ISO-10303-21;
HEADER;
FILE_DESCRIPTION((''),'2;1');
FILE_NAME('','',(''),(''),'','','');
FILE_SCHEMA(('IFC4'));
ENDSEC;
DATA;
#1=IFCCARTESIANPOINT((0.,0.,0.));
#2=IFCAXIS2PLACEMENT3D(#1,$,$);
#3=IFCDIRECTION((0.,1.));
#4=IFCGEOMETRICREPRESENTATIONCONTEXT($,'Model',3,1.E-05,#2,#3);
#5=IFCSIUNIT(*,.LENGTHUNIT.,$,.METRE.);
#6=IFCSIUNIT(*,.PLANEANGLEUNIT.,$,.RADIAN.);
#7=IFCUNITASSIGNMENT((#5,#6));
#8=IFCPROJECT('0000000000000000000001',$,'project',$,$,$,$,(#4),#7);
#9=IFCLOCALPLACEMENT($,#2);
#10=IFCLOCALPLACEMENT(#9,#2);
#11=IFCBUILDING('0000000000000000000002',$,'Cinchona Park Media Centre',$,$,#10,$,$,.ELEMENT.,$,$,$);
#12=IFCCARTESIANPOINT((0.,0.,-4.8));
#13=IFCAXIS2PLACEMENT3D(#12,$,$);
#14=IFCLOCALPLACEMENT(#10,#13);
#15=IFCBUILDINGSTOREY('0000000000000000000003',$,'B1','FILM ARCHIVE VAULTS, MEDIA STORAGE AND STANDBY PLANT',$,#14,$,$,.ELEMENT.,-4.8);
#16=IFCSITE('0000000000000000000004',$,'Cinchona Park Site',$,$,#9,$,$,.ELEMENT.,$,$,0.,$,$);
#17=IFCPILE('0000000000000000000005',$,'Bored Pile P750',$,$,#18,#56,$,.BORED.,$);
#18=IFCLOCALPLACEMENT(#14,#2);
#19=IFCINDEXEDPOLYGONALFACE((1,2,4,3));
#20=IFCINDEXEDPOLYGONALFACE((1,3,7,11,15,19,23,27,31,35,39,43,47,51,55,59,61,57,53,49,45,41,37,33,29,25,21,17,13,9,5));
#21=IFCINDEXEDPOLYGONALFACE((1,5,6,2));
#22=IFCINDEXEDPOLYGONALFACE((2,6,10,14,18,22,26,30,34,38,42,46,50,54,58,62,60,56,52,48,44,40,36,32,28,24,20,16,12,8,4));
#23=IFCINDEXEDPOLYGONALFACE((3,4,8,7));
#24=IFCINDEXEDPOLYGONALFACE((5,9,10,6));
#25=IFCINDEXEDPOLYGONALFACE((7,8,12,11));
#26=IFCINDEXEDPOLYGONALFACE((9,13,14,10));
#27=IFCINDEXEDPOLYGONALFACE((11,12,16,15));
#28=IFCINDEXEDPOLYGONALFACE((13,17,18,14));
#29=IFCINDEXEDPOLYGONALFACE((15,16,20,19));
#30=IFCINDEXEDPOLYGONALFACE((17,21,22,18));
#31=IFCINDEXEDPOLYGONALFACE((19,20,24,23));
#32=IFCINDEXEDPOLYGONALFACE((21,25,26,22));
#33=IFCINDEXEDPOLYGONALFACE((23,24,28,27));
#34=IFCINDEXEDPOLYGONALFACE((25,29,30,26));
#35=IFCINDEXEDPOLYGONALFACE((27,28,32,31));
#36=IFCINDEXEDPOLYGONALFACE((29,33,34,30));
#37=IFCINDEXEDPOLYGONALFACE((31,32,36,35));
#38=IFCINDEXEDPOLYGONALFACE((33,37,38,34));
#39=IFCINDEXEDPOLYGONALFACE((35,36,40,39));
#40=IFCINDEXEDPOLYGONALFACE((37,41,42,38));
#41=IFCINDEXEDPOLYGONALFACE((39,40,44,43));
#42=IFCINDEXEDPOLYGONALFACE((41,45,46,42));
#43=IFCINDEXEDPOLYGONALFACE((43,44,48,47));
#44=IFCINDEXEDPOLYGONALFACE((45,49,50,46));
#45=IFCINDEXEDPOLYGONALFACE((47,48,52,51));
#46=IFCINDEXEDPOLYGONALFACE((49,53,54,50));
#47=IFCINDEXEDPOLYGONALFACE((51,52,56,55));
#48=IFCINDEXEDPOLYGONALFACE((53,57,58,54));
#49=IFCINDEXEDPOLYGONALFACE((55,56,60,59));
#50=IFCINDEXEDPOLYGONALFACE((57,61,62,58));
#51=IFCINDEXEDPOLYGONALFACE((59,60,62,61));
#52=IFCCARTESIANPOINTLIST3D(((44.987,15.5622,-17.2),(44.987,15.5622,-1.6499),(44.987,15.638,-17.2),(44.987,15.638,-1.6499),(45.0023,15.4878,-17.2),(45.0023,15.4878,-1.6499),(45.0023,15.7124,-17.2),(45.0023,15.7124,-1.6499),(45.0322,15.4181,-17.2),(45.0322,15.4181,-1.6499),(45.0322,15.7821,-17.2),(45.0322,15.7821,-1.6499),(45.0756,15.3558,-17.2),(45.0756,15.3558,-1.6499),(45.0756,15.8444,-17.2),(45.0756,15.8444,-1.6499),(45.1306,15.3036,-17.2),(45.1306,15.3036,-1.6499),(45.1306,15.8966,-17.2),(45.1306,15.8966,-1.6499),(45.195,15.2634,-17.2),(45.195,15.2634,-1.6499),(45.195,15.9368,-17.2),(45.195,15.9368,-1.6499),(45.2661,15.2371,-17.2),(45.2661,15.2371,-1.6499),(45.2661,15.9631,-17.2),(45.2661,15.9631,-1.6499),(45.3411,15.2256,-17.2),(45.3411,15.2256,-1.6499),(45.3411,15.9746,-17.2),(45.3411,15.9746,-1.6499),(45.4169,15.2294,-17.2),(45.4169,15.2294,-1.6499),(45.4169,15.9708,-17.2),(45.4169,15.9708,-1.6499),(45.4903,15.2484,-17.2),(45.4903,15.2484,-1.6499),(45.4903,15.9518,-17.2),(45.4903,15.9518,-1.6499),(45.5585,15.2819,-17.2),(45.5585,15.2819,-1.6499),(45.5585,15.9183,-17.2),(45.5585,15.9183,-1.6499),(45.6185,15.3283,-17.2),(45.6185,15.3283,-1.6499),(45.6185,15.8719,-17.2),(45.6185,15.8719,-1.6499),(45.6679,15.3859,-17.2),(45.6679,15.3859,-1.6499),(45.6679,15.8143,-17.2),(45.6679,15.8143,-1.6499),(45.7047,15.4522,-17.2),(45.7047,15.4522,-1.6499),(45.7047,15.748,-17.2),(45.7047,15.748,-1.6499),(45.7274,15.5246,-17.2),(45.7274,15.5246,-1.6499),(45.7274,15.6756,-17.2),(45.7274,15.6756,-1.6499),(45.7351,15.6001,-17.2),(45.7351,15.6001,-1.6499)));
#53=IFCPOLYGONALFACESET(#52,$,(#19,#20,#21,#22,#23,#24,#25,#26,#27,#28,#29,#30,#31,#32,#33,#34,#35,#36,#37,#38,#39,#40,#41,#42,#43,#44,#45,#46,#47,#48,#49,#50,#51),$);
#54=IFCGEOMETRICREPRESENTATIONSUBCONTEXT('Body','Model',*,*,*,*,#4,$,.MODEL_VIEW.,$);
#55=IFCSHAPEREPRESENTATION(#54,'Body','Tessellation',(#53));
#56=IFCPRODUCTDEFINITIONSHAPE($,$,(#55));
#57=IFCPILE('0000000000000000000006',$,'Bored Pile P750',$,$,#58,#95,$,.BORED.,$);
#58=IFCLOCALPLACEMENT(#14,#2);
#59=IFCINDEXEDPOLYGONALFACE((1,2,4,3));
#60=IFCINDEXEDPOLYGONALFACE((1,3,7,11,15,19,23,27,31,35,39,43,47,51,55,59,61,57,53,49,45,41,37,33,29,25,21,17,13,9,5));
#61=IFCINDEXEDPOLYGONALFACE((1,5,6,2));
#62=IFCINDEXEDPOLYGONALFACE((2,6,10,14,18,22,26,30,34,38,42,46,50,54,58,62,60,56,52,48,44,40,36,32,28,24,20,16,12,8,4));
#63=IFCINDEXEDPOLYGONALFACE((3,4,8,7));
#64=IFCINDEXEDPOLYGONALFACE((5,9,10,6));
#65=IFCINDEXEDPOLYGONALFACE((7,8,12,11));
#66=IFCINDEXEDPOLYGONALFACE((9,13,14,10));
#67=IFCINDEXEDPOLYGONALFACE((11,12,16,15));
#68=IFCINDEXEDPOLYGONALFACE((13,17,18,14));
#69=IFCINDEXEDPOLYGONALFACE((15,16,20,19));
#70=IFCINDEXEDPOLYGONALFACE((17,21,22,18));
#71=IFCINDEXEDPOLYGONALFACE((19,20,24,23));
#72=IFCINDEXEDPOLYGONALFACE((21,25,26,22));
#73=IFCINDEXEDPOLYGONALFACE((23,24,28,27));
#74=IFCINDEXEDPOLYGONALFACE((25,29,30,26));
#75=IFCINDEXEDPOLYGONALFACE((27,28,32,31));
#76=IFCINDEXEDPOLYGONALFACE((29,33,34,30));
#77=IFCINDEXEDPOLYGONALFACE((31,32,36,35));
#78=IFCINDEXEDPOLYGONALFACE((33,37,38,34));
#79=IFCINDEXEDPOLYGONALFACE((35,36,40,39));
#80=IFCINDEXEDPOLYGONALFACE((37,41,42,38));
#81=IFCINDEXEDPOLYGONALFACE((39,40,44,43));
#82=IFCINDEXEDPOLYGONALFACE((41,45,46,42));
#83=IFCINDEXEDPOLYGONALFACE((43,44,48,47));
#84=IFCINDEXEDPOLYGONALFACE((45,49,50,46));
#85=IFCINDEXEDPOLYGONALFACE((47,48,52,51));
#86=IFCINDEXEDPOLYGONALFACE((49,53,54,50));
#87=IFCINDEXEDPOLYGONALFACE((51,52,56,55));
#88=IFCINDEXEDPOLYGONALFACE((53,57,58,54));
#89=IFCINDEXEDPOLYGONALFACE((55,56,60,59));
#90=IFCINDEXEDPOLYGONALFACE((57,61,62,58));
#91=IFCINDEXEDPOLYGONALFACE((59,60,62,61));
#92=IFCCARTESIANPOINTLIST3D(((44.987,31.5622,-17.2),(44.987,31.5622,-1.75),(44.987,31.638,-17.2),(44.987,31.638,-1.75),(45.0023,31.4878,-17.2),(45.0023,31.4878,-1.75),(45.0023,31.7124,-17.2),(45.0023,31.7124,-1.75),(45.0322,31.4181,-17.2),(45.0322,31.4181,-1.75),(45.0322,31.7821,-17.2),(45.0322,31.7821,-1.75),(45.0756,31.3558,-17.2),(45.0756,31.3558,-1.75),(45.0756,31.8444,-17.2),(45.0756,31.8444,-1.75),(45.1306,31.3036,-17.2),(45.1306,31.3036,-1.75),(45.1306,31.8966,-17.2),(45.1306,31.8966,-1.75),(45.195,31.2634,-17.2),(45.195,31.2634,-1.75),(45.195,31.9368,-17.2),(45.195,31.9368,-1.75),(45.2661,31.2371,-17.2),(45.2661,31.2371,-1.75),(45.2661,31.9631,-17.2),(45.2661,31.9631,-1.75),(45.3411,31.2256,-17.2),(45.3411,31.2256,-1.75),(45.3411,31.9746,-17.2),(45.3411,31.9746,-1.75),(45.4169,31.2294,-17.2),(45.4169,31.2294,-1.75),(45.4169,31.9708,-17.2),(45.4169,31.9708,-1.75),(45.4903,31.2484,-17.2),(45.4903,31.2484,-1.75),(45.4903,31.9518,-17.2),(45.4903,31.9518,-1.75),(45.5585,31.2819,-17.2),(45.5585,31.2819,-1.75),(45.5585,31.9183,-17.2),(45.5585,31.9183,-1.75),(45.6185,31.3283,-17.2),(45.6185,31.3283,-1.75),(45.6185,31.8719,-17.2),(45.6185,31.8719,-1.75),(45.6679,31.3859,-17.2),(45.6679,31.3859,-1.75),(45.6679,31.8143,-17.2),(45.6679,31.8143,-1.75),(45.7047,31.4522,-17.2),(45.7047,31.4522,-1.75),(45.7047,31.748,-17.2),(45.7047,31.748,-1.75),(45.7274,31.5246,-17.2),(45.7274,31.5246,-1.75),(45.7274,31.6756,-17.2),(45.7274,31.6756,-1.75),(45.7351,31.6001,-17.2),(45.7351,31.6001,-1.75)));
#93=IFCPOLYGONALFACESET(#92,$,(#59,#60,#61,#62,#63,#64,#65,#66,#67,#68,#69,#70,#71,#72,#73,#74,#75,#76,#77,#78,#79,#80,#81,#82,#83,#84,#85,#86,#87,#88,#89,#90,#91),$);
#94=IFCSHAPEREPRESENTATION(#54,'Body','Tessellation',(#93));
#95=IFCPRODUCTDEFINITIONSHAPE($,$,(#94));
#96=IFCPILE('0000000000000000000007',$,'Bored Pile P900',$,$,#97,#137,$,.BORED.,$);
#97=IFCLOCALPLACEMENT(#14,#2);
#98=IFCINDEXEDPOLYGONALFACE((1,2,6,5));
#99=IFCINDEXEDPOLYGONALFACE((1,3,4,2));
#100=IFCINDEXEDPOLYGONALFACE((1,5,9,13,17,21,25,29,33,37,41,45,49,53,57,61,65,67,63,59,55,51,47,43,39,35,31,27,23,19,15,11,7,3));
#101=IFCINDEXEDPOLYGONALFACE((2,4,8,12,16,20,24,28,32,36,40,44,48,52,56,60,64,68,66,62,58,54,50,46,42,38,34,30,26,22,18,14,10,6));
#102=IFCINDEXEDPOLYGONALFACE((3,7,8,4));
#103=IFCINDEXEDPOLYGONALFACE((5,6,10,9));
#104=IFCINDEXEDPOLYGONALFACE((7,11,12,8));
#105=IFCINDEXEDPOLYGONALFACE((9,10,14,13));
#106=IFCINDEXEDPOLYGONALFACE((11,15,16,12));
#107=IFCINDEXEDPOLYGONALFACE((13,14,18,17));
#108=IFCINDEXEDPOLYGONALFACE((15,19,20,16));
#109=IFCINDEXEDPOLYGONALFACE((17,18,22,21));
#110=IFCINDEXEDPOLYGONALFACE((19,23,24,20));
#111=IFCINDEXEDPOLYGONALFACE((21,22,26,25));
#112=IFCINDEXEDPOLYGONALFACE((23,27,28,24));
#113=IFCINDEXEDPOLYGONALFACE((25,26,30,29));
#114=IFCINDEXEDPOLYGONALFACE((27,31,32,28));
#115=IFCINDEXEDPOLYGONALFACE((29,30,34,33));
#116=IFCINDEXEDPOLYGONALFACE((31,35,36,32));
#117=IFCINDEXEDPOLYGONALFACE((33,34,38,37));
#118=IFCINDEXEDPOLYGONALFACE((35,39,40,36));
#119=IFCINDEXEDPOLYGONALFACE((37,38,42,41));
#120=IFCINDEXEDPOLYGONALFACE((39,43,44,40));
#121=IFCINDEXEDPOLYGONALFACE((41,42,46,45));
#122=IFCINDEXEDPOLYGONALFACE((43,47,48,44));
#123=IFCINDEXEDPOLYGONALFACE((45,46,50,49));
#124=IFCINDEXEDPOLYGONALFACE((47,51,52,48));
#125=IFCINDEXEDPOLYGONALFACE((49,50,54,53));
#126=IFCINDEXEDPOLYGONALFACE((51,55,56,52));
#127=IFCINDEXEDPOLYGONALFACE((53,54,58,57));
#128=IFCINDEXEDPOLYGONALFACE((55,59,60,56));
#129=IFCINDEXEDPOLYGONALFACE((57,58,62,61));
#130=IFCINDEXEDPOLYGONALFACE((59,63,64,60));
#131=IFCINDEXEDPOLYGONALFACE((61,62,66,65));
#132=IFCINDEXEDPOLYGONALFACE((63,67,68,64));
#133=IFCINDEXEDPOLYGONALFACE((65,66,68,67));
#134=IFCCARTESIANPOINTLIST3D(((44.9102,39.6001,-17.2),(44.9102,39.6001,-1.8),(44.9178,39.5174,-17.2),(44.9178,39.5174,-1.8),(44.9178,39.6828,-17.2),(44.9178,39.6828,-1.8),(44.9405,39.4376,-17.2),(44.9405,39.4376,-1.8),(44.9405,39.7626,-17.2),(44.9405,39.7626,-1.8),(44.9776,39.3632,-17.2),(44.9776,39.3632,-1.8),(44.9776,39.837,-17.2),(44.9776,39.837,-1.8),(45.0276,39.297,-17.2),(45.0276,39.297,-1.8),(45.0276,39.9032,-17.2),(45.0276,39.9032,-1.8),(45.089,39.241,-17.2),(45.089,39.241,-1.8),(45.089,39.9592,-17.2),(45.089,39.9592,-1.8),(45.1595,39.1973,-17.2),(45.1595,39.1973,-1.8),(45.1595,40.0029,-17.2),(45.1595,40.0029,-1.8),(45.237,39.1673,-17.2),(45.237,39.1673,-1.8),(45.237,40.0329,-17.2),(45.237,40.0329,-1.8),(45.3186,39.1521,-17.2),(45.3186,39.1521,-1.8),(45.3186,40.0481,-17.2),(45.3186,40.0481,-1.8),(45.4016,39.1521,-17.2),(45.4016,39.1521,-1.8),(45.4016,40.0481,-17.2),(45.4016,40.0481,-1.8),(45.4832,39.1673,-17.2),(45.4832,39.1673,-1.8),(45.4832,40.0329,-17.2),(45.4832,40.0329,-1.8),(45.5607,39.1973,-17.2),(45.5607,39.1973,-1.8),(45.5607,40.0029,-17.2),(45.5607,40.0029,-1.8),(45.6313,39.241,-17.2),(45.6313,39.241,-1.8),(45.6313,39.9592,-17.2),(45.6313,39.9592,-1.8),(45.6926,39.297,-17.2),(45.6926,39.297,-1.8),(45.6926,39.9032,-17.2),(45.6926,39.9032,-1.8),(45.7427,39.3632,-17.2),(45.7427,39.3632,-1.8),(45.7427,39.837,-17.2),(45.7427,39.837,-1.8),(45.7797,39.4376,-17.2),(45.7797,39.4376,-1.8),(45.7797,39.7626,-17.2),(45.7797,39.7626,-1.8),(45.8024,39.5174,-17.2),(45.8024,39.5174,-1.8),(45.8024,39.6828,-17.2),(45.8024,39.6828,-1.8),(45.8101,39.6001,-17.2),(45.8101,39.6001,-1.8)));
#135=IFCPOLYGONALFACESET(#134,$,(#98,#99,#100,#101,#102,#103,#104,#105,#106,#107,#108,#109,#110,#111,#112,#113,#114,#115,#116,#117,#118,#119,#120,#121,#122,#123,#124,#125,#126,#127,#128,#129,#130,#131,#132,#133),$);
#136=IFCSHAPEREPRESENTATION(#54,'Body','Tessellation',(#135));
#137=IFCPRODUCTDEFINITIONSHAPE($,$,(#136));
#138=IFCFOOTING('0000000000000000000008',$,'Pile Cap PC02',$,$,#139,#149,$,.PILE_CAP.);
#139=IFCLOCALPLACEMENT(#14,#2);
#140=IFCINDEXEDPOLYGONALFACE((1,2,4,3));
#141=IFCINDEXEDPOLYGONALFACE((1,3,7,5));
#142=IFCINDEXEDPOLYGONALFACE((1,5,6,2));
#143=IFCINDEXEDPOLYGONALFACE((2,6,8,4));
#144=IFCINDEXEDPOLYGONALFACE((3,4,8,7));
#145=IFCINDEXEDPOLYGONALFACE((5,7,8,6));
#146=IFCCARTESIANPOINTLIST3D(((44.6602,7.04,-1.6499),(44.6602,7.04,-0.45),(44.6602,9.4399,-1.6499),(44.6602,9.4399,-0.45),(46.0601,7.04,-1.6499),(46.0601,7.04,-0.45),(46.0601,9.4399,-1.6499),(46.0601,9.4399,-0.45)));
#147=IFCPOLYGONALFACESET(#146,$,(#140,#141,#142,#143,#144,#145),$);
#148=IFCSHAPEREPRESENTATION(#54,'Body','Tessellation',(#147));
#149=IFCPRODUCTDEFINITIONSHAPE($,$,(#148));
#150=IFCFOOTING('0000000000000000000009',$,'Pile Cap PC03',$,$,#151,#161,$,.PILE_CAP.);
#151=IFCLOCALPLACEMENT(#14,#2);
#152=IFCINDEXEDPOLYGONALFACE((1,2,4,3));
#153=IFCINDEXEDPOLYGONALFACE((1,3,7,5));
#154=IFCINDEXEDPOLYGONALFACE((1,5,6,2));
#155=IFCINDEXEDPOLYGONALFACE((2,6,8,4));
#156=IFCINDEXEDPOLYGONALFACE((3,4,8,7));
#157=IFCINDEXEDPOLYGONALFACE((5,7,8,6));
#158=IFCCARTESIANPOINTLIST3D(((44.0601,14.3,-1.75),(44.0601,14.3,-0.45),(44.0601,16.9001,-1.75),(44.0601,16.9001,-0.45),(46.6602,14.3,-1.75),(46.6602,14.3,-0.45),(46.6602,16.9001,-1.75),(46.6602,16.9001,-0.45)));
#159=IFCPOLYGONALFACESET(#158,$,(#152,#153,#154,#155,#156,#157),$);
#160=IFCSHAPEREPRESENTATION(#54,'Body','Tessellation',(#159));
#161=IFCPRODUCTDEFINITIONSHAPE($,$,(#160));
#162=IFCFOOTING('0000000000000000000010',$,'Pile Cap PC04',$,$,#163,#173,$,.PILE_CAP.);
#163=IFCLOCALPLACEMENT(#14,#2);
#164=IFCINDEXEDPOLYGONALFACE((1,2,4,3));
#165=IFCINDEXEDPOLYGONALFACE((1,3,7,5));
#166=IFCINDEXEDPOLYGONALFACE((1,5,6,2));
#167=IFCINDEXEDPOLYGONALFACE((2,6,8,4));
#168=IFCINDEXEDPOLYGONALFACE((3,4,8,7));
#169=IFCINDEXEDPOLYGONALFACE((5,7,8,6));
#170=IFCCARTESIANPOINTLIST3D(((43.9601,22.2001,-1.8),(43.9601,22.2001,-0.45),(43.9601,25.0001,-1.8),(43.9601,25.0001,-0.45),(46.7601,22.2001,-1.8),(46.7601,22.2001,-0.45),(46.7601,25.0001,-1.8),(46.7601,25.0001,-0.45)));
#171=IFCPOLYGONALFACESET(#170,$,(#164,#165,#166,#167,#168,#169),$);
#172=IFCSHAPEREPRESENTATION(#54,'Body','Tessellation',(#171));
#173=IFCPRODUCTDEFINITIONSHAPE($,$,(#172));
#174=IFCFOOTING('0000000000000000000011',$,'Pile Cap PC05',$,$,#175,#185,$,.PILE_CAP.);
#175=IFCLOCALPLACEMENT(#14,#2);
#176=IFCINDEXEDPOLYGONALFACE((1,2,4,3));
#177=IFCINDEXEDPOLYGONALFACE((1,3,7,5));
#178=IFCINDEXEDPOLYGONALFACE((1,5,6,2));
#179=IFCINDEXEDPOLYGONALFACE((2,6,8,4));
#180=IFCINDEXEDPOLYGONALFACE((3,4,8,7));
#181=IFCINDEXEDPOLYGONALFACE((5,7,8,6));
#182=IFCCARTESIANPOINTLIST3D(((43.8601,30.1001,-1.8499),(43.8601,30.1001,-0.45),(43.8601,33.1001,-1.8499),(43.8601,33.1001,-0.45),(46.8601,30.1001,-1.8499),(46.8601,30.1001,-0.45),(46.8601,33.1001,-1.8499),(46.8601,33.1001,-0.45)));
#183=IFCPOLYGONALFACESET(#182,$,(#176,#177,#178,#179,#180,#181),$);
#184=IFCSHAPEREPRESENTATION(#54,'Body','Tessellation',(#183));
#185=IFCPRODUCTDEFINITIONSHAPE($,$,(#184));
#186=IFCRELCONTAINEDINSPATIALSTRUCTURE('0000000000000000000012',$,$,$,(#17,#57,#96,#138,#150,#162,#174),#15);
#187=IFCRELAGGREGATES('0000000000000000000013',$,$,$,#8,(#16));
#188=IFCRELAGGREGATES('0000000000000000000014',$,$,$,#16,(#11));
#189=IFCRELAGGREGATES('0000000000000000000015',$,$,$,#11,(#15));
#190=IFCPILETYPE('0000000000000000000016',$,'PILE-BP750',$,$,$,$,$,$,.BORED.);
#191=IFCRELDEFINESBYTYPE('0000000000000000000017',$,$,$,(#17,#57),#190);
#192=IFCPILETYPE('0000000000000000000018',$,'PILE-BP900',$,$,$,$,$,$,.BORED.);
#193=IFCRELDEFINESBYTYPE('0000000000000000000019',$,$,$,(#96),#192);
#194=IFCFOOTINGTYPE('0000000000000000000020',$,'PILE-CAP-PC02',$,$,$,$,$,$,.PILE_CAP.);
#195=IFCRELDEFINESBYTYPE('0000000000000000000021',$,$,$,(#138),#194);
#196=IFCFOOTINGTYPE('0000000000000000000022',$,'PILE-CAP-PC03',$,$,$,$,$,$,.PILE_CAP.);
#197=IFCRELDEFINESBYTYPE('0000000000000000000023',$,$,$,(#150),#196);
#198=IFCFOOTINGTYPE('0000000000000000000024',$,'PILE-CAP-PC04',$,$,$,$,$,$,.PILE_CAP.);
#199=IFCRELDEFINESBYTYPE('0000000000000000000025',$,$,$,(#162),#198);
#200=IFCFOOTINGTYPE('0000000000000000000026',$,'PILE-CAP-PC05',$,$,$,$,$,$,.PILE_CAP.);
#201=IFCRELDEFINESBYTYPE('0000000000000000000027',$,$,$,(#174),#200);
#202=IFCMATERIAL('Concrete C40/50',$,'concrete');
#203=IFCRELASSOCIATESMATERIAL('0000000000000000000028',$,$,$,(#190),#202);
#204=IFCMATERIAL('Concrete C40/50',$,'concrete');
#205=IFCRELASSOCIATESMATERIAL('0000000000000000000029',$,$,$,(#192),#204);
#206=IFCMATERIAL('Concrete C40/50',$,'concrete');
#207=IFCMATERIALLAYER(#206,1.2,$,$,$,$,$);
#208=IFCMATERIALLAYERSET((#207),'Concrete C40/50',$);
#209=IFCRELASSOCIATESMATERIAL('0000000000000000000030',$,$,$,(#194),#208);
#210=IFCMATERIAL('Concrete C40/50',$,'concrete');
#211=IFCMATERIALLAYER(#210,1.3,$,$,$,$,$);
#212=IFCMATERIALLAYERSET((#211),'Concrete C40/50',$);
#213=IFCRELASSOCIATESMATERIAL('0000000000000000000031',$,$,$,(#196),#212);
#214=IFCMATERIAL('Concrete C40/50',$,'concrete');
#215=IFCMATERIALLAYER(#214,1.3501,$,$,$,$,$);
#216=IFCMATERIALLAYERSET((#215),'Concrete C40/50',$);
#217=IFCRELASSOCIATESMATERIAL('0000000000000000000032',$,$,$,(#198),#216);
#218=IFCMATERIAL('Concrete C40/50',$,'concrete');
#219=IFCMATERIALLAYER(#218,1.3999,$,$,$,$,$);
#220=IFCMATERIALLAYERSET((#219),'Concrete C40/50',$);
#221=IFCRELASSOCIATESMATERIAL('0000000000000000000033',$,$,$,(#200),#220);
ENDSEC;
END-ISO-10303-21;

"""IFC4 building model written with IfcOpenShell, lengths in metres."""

from ifc_helpers import new_model, si_unit, direction, frame, origin, origin_2d, place, context, subcontext, project, spatial, rectangle, circle, extrude, material, layer, layer_set, material_profile, profile_set, type_object, element, save


model = new_model("IFC4")

# Units and contexts
model_context = context("Model", 3, precision=1e-05, world=origin(), true_north=direction((0.0, 1.0)))
body_context = subcontext(model_context, "Body", "Model", "MODEL_VIEW")
ifc_project = project(units=[si_unit("LENGTHUNIT", "METRE"), si_unit("PLANEANGLEUNIT", "RADIAN")], contexts=[model_context])

# Site, building, storey
site_placement = place(None, origin())
site = spatial("IfcSite", under=ifc_project, at=site_placement, Name="Cinchona Park Site", CompositionType="ELEMENT", RefElevation=0.0)
building_placement = place(site_placement, origin())
building = spatial("IfcBuilding", under=site, at=building_placement, Name="Cinchona Park Media Centre", CompositionType="ELEMENT")
storey_placement = place(building_placement, frame((0.0, 0.0, -4.8)))
storey = spatial("IfcBuildingStorey", under=building, at=storey_placement, Name="B1", Description="FILM ARCHIVE VAULTS, MEDIA STORAGE AND STANDBY PLANT", CompositionType="ELEMENT", Elevation=-4.8)

# Piles
ifc_material_1 = material(Name="Concrete C40/50", Category="concrete")
ifc_material_profile_1 = material_profile(ifc_material_1, circle(Radius=0.375, at=origin_2d()), Name="BORED PILE 750")
ifc_profile_set_1 = profile_set([ifc_material_profile_1], Name="Concrete C40/50")
pile_type_1 = type_object("IfcPileType", Name="PILE-BP750", PredefinedType="BORED", material=ifc_profile_set_1)
pile_1_placement = place(storey_placement, frame((45.3601, 15.6001, -1.6499), z_axis=(0.0, 0.0, -1.0), x_axis=(1.0, 0.0, 0.0)))
element("IfcPile", 1, at=pile_1_placement, inside=storey, type_object=pile_type_1, Name="Bored Pile P750", PredefinedType="BORED", context=body_context, shape_type="SweptSolid", body=[
    extrude(circle(Radius=0.375, at=origin_2d()), origin(), (0.0, 0.0, 1.0), 15.55),
])
pile_2_placement = place(storey_placement, frame((45.3601, 31.6001, -1.75), z_axis=(0.0, 0.0, -1.0), x_axis=(1.0, 0.0, 0.0)))
element("IfcPile", 2, at=pile_2_placement, inside=storey, type_object=pile_type_1, Name="Bored Pile P750", PredefinedType="BORED", context=body_context, shape_type="SweptSolid", body=[
    extrude(circle(Radius=0.375, at=origin_2d()), origin(), (0.0, 0.0, 1.0), 15.45),
])
ifc_material_2 = material(Name="Concrete C40/50", Category="concrete")
ifc_material_profile_2 = material_profile(ifc_material_2, circle(Radius=0.45, at=origin_2d()), Name="BORED PILE 900")
ifc_profile_set_2 = profile_set([ifc_material_profile_2], Name="Concrete C40/50")
pile_type_2 = type_object("IfcPileType", Name="PILE-BP900", PredefinedType="BORED", material=ifc_profile_set_2)
pile_3_placement = place(storey_placement, frame((45.3601, 39.6001, -1.8), z_axis=(0.0, 0.0, -1.0), x_axis=(1.0, 0.0, 0.0)))
element("IfcPile", 3, at=pile_3_placement, inside=storey, type_object=pile_type_2, Name="Bored Pile P900", PredefinedType="BORED", context=body_context, shape_type="SweptSolid", body=[
    extrude(circle(Radius=0.45, at=origin_2d()), origin(), (0.0, 0.0, 1.0), 15.3999),
])

# Footings
ifc_material_3 = material(Name="Concrete C40/50", Category="concrete")
ifc_layer_1 = layer(ifc_material_3, 1.2)
ifc_layer_set_1 = layer_set([ifc_layer_1], Name="Concrete C40/50")
footing_type_1 = type_object("IfcFootingType", Name="PILE-CAP-PC02", PredefinedType="PILE_CAP", material=ifc_layer_set_1)
footing_1_placement = place(storey_placement, frame((45.3601, 8.24, -1.6499), z_axis=(0.0, 0.0, 1.0), x_axis=(1.0, 0.0, 0.0)))
element("IfcFooting", 4, at=footing_1_placement, inside=storey, type_object=footing_type_1, Name="Pile Cap PC02", PredefinedType="PILE_CAP", context=body_context, shape_type="SweptSolid", body=[
    extrude(rectangle(XDim=1.3999, YDim=2.3999, at=origin_2d()), origin(), (0.0, 0.0, 1.0), 1.2),
])
ifc_material_4 = material(Name="Concrete C40/50", Category="concrete")
ifc_layer_2 = layer(ifc_material_4, 1.3)
ifc_layer_set_2 = layer_set([ifc_layer_2], Name="Concrete C40/50")
footing_type_2 = type_object("IfcFootingType", Name="PILE-CAP-PC03", PredefinedType="PILE_CAP", material=ifc_layer_set_2)
footing_2_placement = place(storey_placement, frame((45.3601, 15.6001, -1.75), z_axis=(0.0, 0.0, 1.0), x_axis=(1.0, 0.0, 0.0)))
element("IfcFooting", 5, at=footing_2_placement, inside=storey, type_object=footing_type_2, Name="Pile Cap PC03", PredefinedType="PILE_CAP", context=body_context, shape_type="SweptSolid", body=[
    extrude(rectangle(XDim=2.6001, YDim=2.6001, at=origin_2d()), origin(), (0.0, 0.0, 1.0), 1.3),
])
ifc_material_5 = material(Name="Concrete C40/50", Category="concrete")
ifc_layer_3 = layer(ifc_material_5, 1.3501)
ifc_layer_set_3 = layer_set([ifc_layer_3], Name="Concrete C40/50")
footing_type_3 = type_object("IfcFootingType", Name="PILE-CAP-PC04", PredefinedType="PILE_CAP", material=ifc_layer_set_3)
footing_3_placement = place(storey_placement, frame((45.3601, 23.6001, -1.8), z_axis=(0.0, 0.0, 1.0), x_axis=(1.0, 0.0, 0.0)))
element("IfcFooting", 6, at=footing_3_placement, inside=storey, type_object=footing_type_3, Name="Pile Cap PC04", PredefinedType="PILE_CAP", context=body_context, shape_type="SweptSolid", body=[
    extrude(rectangle(XDim=2.8, YDim=2.8, at=origin_2d()), origin(), (0.0, 0.0, 1.0), 1.3501),
])
ifc_material_6 = material(Name="Concrete C40/50", Category="concrete")
ifc_layer_4 = layer(ifc_material_6, 1.3999)
ifc_layer_set_4 = layer_set([ifc_layer_4], Name="Concrete C40/50")
footing_type_4 = type_object("IfcFootingType", Name="PILE-CAP-PC05", PredefinedType="PILE_CAP", material=ifc_layer_set_4)
footing_4_placement = place(storey_placement, frame((45.3601, 31.6001, -1.8499), z_axis=(0.0, 0.0, 1.0), x_axis=(1.0, 0.0, 0.0)))
element("IfcFooting", 7, at=footing_4_placement, inside=storey, type_object=footing_type_4, Name="Pile Cap PC05", PredefinedType="PILE_CAP", context=body_context, shape_type="SweptSolid", body=[
    extrude(rectangle(XDim=3.0, YDim=3.0, at=origin_2d()), origin(), (0.0, 0.0, 1.0), 1.3999),
])

save(model, "model.ifc")
